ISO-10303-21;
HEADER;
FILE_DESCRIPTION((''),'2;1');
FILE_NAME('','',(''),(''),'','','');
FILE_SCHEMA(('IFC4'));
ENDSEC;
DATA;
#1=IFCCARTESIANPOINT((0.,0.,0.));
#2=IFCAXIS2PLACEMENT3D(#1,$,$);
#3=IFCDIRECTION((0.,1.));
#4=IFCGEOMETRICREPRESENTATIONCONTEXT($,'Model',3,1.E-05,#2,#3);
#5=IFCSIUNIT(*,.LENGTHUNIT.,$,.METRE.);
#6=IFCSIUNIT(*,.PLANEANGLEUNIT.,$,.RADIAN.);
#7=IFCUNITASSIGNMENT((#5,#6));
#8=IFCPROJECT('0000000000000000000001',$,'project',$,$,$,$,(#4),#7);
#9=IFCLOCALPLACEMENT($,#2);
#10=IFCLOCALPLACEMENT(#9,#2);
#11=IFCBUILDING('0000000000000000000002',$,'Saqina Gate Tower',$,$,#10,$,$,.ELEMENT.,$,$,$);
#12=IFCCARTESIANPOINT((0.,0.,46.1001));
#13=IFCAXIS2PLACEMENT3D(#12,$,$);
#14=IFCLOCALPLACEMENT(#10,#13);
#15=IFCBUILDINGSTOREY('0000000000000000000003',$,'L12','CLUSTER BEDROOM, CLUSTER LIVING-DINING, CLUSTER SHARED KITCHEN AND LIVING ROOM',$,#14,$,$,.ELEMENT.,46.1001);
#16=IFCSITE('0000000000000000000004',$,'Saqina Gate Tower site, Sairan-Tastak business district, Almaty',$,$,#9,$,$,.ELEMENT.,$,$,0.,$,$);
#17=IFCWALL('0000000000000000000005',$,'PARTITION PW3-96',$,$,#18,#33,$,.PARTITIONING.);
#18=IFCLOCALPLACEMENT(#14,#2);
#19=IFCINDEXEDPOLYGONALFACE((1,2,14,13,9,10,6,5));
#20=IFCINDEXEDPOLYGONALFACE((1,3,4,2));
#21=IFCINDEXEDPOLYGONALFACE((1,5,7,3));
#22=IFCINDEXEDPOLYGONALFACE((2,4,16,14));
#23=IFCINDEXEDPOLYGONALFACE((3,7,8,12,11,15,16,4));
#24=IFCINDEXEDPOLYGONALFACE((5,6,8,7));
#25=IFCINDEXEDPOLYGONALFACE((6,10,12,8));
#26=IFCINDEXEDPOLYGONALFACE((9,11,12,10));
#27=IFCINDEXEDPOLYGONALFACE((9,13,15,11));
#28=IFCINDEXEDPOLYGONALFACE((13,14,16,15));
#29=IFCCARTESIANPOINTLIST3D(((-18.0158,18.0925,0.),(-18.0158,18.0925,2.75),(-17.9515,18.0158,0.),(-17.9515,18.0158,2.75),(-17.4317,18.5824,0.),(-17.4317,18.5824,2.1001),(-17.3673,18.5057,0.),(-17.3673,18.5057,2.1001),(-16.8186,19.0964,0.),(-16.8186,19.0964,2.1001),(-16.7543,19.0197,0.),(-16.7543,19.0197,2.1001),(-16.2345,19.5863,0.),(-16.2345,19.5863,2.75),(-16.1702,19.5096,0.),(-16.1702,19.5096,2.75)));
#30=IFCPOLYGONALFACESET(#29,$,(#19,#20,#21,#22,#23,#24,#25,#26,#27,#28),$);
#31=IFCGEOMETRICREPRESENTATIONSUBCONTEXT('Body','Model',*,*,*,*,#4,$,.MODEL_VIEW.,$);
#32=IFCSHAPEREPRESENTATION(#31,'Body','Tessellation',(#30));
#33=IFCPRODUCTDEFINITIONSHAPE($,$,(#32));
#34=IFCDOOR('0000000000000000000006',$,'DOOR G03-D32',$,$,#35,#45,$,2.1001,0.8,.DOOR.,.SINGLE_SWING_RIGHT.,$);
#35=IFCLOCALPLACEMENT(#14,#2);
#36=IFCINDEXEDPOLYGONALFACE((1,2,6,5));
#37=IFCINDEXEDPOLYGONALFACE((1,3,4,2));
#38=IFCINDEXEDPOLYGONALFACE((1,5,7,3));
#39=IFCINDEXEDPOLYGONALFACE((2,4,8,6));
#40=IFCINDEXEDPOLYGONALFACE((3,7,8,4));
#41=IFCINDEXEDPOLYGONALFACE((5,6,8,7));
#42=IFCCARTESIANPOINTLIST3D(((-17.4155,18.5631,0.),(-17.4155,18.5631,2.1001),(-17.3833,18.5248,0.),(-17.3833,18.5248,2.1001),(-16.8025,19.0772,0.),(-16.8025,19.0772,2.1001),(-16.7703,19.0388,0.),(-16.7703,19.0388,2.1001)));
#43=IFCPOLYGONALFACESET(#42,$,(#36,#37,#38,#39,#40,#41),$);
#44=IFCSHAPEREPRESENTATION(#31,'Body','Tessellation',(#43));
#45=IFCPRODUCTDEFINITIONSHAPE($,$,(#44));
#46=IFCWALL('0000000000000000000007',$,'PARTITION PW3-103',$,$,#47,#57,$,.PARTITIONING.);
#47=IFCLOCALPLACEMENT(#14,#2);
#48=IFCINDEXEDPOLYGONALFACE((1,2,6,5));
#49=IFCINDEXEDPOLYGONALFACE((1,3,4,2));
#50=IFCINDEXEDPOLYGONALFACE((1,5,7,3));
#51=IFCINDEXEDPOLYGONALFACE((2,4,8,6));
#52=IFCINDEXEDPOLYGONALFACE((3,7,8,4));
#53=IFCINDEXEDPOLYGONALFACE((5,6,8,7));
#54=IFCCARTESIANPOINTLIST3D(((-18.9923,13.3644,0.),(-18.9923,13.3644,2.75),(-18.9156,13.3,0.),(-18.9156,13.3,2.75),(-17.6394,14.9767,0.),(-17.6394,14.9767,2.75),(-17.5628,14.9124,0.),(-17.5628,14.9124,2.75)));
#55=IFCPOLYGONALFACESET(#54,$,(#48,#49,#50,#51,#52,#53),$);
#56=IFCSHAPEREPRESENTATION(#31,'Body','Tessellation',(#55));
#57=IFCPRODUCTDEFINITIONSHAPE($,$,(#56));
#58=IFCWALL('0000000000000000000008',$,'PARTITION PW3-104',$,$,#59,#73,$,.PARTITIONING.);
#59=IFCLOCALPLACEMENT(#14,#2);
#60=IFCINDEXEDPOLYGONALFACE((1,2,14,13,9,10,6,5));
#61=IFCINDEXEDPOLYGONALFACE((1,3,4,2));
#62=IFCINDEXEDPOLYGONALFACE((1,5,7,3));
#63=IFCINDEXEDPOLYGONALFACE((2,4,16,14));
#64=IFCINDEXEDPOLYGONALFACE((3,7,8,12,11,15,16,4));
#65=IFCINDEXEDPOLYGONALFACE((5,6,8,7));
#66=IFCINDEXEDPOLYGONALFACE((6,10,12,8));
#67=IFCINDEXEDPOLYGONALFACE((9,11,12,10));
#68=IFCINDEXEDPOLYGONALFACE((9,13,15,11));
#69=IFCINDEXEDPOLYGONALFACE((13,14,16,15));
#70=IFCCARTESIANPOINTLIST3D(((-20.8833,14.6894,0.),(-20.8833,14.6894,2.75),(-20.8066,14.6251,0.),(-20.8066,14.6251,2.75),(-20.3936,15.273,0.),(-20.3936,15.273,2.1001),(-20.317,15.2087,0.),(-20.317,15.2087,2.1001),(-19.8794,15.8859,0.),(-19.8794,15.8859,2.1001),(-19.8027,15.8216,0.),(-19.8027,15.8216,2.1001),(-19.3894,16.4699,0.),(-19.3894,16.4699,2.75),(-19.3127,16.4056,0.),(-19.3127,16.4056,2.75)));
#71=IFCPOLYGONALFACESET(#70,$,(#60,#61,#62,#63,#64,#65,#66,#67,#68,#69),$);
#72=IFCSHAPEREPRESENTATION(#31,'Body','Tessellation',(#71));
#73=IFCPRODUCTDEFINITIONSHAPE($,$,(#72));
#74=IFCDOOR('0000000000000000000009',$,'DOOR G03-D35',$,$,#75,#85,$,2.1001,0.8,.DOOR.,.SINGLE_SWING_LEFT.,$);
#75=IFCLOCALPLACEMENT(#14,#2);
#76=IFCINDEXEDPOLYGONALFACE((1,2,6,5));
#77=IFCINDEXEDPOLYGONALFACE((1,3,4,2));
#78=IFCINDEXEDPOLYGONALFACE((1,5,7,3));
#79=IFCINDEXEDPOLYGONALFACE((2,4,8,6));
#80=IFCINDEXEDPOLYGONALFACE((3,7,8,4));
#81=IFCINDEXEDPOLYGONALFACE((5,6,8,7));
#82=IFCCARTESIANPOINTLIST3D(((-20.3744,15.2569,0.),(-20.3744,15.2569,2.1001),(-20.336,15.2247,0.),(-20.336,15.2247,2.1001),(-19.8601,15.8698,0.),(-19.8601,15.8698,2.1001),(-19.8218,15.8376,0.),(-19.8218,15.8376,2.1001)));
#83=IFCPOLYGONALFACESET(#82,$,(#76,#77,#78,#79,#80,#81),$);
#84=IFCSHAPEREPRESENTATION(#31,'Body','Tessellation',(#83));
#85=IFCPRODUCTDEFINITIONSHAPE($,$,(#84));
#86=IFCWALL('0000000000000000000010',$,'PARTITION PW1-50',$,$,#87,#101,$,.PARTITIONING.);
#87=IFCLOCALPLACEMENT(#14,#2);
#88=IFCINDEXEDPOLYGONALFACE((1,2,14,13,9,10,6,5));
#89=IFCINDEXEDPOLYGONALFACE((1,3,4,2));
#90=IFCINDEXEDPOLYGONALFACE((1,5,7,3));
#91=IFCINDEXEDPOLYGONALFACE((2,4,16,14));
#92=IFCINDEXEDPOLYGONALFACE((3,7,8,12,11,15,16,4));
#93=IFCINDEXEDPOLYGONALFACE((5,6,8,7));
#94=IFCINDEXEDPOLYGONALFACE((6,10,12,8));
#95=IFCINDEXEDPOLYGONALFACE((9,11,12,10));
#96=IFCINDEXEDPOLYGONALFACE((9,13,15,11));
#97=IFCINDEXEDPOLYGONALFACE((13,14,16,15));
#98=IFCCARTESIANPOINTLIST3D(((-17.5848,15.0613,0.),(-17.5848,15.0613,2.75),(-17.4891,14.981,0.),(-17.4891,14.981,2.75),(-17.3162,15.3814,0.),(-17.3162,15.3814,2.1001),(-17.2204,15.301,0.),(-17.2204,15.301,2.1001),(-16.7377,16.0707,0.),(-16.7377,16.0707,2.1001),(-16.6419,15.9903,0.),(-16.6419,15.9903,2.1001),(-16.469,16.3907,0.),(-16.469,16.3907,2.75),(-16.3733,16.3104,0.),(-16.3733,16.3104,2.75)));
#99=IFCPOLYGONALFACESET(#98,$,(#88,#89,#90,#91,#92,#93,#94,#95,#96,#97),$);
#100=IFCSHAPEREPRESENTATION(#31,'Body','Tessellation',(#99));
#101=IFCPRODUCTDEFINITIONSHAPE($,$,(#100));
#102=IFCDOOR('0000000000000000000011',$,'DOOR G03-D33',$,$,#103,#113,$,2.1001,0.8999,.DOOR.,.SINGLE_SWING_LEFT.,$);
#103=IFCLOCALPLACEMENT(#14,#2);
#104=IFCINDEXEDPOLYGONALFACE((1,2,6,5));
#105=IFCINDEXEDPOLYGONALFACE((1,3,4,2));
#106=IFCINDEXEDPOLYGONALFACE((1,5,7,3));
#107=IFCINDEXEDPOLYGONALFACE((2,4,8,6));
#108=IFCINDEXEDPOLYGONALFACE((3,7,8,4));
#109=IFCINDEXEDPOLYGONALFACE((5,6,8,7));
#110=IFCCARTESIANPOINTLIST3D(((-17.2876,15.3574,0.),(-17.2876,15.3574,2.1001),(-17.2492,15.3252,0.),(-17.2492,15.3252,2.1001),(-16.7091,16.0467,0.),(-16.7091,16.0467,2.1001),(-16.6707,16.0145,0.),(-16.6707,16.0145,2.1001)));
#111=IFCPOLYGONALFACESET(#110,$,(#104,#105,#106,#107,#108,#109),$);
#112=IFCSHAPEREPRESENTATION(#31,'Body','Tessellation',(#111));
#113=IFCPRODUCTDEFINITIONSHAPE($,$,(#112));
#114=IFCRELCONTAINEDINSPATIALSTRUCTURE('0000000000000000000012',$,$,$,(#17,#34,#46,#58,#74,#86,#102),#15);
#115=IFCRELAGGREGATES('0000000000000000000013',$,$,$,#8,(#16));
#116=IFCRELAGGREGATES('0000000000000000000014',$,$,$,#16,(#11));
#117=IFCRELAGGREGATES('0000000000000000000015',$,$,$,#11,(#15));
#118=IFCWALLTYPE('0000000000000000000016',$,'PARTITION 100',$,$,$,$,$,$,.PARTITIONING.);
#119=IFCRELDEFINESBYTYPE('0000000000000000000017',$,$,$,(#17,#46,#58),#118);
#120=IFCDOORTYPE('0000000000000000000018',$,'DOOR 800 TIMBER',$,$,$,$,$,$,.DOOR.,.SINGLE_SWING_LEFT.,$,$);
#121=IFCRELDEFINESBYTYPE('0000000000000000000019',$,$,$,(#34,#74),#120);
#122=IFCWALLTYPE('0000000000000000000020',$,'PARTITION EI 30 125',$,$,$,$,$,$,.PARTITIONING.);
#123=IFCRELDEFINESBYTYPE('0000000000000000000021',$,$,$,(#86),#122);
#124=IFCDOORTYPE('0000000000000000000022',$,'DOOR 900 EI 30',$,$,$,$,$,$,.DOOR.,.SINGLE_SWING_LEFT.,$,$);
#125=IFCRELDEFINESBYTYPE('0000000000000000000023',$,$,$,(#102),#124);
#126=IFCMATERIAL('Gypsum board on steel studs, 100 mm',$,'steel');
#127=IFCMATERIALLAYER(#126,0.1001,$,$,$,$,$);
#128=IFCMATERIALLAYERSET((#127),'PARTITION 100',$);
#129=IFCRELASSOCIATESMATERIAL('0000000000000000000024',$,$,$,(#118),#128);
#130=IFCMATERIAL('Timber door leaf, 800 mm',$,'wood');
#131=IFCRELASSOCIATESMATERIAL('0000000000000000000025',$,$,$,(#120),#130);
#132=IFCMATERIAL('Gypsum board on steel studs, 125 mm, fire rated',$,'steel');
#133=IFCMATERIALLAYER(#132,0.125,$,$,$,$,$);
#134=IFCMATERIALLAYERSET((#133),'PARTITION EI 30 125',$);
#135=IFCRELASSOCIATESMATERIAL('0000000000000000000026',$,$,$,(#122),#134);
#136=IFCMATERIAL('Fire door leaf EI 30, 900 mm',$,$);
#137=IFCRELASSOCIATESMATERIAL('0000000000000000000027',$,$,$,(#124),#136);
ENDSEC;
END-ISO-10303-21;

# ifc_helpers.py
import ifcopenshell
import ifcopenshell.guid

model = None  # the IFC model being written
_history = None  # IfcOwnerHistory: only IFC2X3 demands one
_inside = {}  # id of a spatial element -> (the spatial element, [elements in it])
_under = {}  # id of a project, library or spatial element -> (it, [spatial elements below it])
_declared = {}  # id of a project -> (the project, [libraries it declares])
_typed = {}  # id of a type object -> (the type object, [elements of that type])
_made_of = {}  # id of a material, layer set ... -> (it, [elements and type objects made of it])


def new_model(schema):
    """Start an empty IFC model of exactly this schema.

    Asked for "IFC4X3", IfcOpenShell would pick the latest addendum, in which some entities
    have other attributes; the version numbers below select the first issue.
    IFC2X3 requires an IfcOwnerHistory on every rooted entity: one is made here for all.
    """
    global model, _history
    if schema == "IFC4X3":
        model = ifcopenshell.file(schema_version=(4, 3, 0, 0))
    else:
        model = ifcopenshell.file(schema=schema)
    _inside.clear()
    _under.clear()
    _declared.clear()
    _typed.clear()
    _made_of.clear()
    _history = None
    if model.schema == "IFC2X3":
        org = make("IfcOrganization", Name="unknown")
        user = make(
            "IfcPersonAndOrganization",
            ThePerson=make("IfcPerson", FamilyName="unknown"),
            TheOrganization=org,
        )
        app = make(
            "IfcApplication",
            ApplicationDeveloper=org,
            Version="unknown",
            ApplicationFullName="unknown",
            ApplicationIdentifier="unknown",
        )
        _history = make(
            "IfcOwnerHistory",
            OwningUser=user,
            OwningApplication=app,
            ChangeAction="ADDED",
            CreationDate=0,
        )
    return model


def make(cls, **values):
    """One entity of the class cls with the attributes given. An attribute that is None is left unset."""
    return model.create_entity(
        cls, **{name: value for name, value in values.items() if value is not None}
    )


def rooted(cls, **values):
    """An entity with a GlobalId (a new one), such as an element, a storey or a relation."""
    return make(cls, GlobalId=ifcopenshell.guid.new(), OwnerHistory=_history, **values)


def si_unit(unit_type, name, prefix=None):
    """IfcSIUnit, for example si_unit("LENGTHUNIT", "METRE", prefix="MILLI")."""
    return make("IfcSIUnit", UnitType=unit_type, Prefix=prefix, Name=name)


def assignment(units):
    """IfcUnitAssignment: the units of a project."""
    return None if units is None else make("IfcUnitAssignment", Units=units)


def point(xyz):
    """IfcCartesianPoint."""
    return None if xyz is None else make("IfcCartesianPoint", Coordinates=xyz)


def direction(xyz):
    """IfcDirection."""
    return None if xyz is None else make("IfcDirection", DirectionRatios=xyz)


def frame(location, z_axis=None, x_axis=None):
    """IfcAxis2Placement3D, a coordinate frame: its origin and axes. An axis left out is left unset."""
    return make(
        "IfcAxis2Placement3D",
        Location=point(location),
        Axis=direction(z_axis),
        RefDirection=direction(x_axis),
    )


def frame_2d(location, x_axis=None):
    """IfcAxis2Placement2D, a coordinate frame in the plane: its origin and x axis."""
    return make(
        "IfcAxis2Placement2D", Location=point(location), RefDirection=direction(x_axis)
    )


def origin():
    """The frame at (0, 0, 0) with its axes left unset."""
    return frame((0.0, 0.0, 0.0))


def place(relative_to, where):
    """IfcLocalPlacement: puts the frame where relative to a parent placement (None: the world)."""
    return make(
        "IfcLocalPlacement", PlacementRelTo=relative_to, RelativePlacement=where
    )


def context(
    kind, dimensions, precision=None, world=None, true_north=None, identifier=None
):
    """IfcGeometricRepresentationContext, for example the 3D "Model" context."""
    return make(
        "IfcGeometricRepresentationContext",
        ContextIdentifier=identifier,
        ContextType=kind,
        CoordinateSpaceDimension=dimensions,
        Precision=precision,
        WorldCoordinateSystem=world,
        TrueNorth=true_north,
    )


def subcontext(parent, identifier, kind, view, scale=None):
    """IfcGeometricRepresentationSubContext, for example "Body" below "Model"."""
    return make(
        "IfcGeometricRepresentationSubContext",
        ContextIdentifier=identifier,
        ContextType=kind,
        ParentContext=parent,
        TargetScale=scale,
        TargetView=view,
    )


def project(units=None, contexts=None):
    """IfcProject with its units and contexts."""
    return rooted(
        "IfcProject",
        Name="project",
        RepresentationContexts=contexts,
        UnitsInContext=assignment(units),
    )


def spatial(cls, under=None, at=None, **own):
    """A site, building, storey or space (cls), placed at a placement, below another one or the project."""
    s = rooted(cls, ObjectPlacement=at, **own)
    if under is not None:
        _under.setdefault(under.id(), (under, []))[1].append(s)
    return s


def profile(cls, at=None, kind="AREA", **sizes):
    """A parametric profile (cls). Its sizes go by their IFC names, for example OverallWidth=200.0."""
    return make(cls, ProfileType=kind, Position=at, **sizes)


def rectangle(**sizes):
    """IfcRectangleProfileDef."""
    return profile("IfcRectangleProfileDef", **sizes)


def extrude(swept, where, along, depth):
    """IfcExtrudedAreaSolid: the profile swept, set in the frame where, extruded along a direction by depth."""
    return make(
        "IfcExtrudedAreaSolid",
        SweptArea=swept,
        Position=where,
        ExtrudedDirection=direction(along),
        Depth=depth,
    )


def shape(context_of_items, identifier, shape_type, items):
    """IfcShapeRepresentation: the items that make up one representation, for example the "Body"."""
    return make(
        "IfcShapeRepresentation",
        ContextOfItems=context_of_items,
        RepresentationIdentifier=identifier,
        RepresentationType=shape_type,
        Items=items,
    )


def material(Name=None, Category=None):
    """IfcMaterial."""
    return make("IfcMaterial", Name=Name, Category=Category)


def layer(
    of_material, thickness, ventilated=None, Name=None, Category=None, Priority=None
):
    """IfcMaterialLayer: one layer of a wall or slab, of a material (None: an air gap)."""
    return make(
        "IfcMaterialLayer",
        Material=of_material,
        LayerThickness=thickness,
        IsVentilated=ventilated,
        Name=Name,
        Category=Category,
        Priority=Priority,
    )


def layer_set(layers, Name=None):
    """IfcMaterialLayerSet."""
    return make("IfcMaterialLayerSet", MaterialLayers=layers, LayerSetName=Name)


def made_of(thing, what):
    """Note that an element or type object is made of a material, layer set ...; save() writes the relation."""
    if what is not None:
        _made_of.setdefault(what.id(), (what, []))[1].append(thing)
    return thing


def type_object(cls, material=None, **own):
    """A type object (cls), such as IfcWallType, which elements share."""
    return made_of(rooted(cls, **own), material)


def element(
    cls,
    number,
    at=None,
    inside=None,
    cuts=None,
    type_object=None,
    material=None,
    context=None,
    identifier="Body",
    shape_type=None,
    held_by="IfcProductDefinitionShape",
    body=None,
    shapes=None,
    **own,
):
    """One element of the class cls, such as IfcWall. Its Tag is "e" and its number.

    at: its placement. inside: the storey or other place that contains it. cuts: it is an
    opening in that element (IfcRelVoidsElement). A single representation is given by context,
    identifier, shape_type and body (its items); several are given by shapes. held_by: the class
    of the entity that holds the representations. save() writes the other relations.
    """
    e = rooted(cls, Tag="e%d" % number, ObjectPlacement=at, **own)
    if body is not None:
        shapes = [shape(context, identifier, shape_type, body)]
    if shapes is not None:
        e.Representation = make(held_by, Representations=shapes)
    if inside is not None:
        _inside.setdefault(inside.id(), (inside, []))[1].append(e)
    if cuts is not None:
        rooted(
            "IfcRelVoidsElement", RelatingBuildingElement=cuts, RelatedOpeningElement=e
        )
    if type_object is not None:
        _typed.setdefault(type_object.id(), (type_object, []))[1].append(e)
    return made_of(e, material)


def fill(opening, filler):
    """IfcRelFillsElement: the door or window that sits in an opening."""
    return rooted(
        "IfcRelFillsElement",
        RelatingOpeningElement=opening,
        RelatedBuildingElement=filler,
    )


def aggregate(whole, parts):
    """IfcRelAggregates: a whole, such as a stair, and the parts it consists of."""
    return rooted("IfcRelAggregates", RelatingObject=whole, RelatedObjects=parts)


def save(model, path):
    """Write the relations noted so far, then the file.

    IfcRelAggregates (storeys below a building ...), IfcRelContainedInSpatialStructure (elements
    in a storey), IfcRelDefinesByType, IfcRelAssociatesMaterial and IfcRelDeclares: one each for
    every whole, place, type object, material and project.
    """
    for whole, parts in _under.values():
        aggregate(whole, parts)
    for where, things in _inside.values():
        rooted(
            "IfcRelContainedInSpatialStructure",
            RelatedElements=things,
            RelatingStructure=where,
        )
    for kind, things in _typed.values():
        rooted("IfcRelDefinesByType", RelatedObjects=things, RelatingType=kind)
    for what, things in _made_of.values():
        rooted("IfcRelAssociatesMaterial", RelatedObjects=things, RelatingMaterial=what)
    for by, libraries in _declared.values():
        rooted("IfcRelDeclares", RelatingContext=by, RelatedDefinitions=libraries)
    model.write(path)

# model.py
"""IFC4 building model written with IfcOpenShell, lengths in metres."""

from ifc_helpers import new_model, si_unit, direction, frame, frame_2d, origin, place, context, subcontext, project, spatial, rectangle, extrude, material, layer, layer_set, type_object, element, fill, save


model = new_model("IFC4")

# Units and contexts
model_context = context("Model", 3, precision=1e-05, world=origin(), true_north=direction((0.0, 1.0)))
body_context = subcontext(model_context, "Body", "Model", "MODEL_VIEW")
ifc_project = project(units=[si_unit("LENGTHUNIT", "METRE"), si_unit("PLANEANGLEUNIT", "RADIAN")], contexts=[model_context])

# Site, building, storey
site_placement = place(None, origin())
site = spatial("IfcSite", under=ifc_project, at=site_placement, Name="Saqina Gate Tower site, Sairan-Tastak business district, Almaty", CompositionType="ELEMENT", RefElevation=0.0)
building_placement = place(site_placement, origin())
building = spatial("IfcBuilding", under=site, at=building_placement, Name="Saqina Gate Tower", CompositionType="ELEMENT")
storey_placement = place(building_placement, frame((0.0, 0.0, 46.1001)))
storey = spatial("IfcBuildingStorey", under=building, at=storey_placement, Name="L12", Description="CLUSTER BEDROOM, CLUSTER LIVING-DINING, CLUSTER SHARED KITCHEN AND LIVING ROOM", CompositionType="ELEMENT", Elevation=46.1001)

# Shared definitions
ifc_material_1 = material(Name="Gypsum board on steel studs, 100 mm", Category="steel")
ifc_layer_1 = layer(ifc_material_1, 0.1001)
ifc_layer_set_1 = layer_set([ifc_layer_1], Name="PARTITION 100")
wall_type_1 = type_object("IfcWallType", Name="PARTITION 100", PredefinedType="PARTITIONING", material=ifc_layer_set_1)

# Wall, opening, door
wall_1_placement = place(storey_placement, frame((-17.9836, 18.0542, 0.0), z_axis=(0.0, 0.0, 1.0), x_axis=(0.766255, 0.642537, 0.0)))
wall_1 = element("IfcWall", 1, at=wall_1_placement, inside=storey, type_object=wall_type_1, Name="PARTITION PW3-96", PredefinedType="PARTITIONING", context=body_context, shape_type="SweptSolid", body=[
    extrude(rectangle(XDim=2.3247, YDim=0.1001, at=frame_2d((1.1624, 0.0))), origin(), (0.0, 0.0, 1.0), 2.75),
])
opening_1_placement = place(wall_1_placement, frame((0.7625, 0.0, 0.0)))
opening_1 = element("IfcOpeningElement", 2, at=opening_1_placement, cuts=wall_1, PredefinedType="OPENING", context=body_context, shape_type="SweptSolid", body=[
    extrude(rectangle(XDim=0.8, YDim=2.1001, at=frame_2d((0.3999, 1.05))), frame((0.0, 0.062, 0.0), z_axis=(0.0, -1.0, 0.0), x_axis=(1.0, 0.0, 0.0)), (0.0, 0.0, 1.0), 0.124),
])
ifc_material_2 = material(Name="Timber door leaf, 800 mm", Category="wood")
door_type_1 = type_object("IfcDoorType", Name="DOOR 800 TIMBER", OperationType="SINGLE_SWING_LEFT", PredefinedType="DOOR", material=ifc_material_2)
door_1_placement = place(opening_1_placement, origin())
door_1 = element("IfcDoor", 3, at=door_1_placement, inside=storey, type_object=door_type_1, Name="DOOR G03-D32", OperationType="SINGLE_SWING_RIGHT", OverallHeight=2.1001, OverallWidth=0.8, PredefinedType="DOOR", context=body_context, shape_type="SweptSolid", body=[
    extrude(rectangle(XDim=0.8, YDim=2.1001, at=frame_2d((0.3999, 1.05))), frame((0.0, 0.0249, 0.0), z_axis=(0.0, -1.0, 0.0), x_axis=(1.0, 0.0, 0.0)), (0.0, 0.0, 1.0), 0.05),
])
fill(opening_1, door_1)

# Wall
wall_2_placement = place(storey_placement, frame((-18.9539, 13.3323, 0.0), z_axis=(0.0, 0.0, 1.0), x_axis=(0.642759, 0.766068, 0.0)))
element("IfcWall", 4, at=wall_2_placement, inside=storey, type_object=wall_type_1, Name="PARTITION PW3-103", PredefinedType="PARTITIONING", context=body_context, shape_type="SweptSolid", body=[
    extrude(rectangle(XDim=2.1047, YDim=0.1001, at=frame_2d((1.0522, 0.0))), origin(), (0.0, 0.0, 1.0), 2.75),
])

# Walls, openings, doors
wall_3_placement = place(storey_placement, frame((-20.845, 14.6572, 0.0), z_axis=(0.0, 0.0, 1.0), x_axis=(0.642753, 0.766073, 0.0)))
wall_3 = element("IfcWall", 5, at=wall_3_placement, inside=storey, type_object=wall_type_1, Name="PARTITION PW3-104", PredefinedType="PARTITIONING", context=body_context, shape_type="SweptSolid", body=[
    extrude(rectangle(XDim=2.3242, YDim=0.1001, at=frame_2d((1.1621, 0.0))), origin(), (0.0, 0.0, 1.0), 2.75),
])
opening_2_placement = place(wall_3_placement, frame((0.762, 0.0, 0.0)))
opening_2 = element("IfcOpeningElement", 6, at=opening_2_placement, cuts=wall_3, PredefinedType="OPENING", context=body_context, shape_type="SweptSolid", body=[
    extrude(rectangle(XDim=0.8, YDim=2.1001, at=frame_2d((0.3999, 1.05))), frame((0.0, 0.062, 0.0), z_axis=(0.0, -1.0, 0.0), x_axis=(1.0, 0.0, 0.0)), (0.0, 0.0, 1.0), 0.124),
])
door_2_placement = place(opening_2_placement, origin())
door_2 = element("IfcDoor", 7, at=door_2_placement, inside=storey, type_object=door_type_1, Name="DOOR G03-D35", OperationType="SINGLE_SWING_LEFT", OverallHeight=2.1001, OverallWidth=0.8, PredefinedType="DOOR", context=body_context, shape_type="SweptSolid", body=[
    extrude(rectangle(XDim=0.8, YDim=2.1001, at=frame_2d((0.3999, 1.05))), frame((0.0, 0.0249, 0.0), z_axis=(0.0, -1.0, 0.0), x_axis=(1.0, 0.0, 0.0)), (0.0, 0.0, 1.0), 0.05),
])
fill(opening_2, door_2)
ifc_material_3 = material(Name="Gypsum board on steel studs, 125 mm, fire rated", Category="steel")
ifc_layer_2 = layer(ifc_material_3, 0.125)
ifc_layer_set_2 = layer_set([ifc_layer_2], Name="PARTITION EI 30 125")
wall_type_2 = type_object("IfcWallType", Name="PARTITION EI 30 125", PredefinedType="PARTITIONING", material=ifc_layer_set_2)
wall_4_placement = place(storey_placement, frame((-17.5369, 15.0212, 0.0), z_axis=(0.0, 0.0, 1.0), x_axis=(0.642879, 0.765968, 0.0)))
wall_4 = element("IfcWall", 8, at=wall_4_placement, inside=storey, type_object=wall_type_2, Name="PARTITION PW1-50", PredefinedType="PARTITIONING", context=body_context, shape_type="SweptSolid", body=[
    extrude(rectangle(XDim=1.7356, YDim=0.125, at=frame_2d((0.8677, 0.0))), origin(), (0.0, 0.0, 1.0), 2.75),
])
opening_3_placement = place(wall_4_placement, frame((0.4177, 0.0, 0.0)))
opening_3 = element("IfcOpeningElement", 9, at=opening_3_placement, cuts=wall_4, PredefinedType="OPENING", context=body_context, shape_type="SweptSolid", body=[
    extrude(rectangle(XDim=0.8999, YDim=2.1001, at=frame_2d((0.45, 1.05))), frame((0.0, 0.0745, 0.0), z_axis=(0.0, -1.0, 0.0), x_axis=(1.0, 0.0, 0.0)), (0.0, 0.0, 1.0), 0.1489),
])
ifc_material_4 = material(Name="Fire door leaf EI 30, 900 mm")
door_type_2 = type_object("IfcDoorType", Name="DOOR 900 EI 30", OperationType="SINGLE_SWING_LEFT", PredefinedType="DOOR", material=ifc_material_4)
door_3_placement = place(opening_3_placement, frame((0.8999, 0.0, 0.0), z_axis=(0.0, 0.0, 1.0), x_axis=(-1.0, 0.0, 0.0)))
door_3 = element("IfcDoor", 10, at=door_3_placement, inside=storey, type_object=door_type_2, Name="DOOR G03-D33", OperationType="SINGLE_SWING_LEFT", OverallHeight=2.1001, OverallWidth=0.8999, PredefinedType="DOOR", context=body_context, shape_type="SweptSolid", body=[
    extrude(rectangle(XDim=0.8999, YDim=2.1001, at=frame_2d((0.45, 1.05))), frame((0.0, 0.0249, 0.0), z_axis=(0.0, -1.0, 0.0), x_axis=(1.0, 0.0, 0.0)), (0.0, 0.0, 1.0), 0.05),
])
fill(opening_3, door_3)

save(model, "model.ifc")
